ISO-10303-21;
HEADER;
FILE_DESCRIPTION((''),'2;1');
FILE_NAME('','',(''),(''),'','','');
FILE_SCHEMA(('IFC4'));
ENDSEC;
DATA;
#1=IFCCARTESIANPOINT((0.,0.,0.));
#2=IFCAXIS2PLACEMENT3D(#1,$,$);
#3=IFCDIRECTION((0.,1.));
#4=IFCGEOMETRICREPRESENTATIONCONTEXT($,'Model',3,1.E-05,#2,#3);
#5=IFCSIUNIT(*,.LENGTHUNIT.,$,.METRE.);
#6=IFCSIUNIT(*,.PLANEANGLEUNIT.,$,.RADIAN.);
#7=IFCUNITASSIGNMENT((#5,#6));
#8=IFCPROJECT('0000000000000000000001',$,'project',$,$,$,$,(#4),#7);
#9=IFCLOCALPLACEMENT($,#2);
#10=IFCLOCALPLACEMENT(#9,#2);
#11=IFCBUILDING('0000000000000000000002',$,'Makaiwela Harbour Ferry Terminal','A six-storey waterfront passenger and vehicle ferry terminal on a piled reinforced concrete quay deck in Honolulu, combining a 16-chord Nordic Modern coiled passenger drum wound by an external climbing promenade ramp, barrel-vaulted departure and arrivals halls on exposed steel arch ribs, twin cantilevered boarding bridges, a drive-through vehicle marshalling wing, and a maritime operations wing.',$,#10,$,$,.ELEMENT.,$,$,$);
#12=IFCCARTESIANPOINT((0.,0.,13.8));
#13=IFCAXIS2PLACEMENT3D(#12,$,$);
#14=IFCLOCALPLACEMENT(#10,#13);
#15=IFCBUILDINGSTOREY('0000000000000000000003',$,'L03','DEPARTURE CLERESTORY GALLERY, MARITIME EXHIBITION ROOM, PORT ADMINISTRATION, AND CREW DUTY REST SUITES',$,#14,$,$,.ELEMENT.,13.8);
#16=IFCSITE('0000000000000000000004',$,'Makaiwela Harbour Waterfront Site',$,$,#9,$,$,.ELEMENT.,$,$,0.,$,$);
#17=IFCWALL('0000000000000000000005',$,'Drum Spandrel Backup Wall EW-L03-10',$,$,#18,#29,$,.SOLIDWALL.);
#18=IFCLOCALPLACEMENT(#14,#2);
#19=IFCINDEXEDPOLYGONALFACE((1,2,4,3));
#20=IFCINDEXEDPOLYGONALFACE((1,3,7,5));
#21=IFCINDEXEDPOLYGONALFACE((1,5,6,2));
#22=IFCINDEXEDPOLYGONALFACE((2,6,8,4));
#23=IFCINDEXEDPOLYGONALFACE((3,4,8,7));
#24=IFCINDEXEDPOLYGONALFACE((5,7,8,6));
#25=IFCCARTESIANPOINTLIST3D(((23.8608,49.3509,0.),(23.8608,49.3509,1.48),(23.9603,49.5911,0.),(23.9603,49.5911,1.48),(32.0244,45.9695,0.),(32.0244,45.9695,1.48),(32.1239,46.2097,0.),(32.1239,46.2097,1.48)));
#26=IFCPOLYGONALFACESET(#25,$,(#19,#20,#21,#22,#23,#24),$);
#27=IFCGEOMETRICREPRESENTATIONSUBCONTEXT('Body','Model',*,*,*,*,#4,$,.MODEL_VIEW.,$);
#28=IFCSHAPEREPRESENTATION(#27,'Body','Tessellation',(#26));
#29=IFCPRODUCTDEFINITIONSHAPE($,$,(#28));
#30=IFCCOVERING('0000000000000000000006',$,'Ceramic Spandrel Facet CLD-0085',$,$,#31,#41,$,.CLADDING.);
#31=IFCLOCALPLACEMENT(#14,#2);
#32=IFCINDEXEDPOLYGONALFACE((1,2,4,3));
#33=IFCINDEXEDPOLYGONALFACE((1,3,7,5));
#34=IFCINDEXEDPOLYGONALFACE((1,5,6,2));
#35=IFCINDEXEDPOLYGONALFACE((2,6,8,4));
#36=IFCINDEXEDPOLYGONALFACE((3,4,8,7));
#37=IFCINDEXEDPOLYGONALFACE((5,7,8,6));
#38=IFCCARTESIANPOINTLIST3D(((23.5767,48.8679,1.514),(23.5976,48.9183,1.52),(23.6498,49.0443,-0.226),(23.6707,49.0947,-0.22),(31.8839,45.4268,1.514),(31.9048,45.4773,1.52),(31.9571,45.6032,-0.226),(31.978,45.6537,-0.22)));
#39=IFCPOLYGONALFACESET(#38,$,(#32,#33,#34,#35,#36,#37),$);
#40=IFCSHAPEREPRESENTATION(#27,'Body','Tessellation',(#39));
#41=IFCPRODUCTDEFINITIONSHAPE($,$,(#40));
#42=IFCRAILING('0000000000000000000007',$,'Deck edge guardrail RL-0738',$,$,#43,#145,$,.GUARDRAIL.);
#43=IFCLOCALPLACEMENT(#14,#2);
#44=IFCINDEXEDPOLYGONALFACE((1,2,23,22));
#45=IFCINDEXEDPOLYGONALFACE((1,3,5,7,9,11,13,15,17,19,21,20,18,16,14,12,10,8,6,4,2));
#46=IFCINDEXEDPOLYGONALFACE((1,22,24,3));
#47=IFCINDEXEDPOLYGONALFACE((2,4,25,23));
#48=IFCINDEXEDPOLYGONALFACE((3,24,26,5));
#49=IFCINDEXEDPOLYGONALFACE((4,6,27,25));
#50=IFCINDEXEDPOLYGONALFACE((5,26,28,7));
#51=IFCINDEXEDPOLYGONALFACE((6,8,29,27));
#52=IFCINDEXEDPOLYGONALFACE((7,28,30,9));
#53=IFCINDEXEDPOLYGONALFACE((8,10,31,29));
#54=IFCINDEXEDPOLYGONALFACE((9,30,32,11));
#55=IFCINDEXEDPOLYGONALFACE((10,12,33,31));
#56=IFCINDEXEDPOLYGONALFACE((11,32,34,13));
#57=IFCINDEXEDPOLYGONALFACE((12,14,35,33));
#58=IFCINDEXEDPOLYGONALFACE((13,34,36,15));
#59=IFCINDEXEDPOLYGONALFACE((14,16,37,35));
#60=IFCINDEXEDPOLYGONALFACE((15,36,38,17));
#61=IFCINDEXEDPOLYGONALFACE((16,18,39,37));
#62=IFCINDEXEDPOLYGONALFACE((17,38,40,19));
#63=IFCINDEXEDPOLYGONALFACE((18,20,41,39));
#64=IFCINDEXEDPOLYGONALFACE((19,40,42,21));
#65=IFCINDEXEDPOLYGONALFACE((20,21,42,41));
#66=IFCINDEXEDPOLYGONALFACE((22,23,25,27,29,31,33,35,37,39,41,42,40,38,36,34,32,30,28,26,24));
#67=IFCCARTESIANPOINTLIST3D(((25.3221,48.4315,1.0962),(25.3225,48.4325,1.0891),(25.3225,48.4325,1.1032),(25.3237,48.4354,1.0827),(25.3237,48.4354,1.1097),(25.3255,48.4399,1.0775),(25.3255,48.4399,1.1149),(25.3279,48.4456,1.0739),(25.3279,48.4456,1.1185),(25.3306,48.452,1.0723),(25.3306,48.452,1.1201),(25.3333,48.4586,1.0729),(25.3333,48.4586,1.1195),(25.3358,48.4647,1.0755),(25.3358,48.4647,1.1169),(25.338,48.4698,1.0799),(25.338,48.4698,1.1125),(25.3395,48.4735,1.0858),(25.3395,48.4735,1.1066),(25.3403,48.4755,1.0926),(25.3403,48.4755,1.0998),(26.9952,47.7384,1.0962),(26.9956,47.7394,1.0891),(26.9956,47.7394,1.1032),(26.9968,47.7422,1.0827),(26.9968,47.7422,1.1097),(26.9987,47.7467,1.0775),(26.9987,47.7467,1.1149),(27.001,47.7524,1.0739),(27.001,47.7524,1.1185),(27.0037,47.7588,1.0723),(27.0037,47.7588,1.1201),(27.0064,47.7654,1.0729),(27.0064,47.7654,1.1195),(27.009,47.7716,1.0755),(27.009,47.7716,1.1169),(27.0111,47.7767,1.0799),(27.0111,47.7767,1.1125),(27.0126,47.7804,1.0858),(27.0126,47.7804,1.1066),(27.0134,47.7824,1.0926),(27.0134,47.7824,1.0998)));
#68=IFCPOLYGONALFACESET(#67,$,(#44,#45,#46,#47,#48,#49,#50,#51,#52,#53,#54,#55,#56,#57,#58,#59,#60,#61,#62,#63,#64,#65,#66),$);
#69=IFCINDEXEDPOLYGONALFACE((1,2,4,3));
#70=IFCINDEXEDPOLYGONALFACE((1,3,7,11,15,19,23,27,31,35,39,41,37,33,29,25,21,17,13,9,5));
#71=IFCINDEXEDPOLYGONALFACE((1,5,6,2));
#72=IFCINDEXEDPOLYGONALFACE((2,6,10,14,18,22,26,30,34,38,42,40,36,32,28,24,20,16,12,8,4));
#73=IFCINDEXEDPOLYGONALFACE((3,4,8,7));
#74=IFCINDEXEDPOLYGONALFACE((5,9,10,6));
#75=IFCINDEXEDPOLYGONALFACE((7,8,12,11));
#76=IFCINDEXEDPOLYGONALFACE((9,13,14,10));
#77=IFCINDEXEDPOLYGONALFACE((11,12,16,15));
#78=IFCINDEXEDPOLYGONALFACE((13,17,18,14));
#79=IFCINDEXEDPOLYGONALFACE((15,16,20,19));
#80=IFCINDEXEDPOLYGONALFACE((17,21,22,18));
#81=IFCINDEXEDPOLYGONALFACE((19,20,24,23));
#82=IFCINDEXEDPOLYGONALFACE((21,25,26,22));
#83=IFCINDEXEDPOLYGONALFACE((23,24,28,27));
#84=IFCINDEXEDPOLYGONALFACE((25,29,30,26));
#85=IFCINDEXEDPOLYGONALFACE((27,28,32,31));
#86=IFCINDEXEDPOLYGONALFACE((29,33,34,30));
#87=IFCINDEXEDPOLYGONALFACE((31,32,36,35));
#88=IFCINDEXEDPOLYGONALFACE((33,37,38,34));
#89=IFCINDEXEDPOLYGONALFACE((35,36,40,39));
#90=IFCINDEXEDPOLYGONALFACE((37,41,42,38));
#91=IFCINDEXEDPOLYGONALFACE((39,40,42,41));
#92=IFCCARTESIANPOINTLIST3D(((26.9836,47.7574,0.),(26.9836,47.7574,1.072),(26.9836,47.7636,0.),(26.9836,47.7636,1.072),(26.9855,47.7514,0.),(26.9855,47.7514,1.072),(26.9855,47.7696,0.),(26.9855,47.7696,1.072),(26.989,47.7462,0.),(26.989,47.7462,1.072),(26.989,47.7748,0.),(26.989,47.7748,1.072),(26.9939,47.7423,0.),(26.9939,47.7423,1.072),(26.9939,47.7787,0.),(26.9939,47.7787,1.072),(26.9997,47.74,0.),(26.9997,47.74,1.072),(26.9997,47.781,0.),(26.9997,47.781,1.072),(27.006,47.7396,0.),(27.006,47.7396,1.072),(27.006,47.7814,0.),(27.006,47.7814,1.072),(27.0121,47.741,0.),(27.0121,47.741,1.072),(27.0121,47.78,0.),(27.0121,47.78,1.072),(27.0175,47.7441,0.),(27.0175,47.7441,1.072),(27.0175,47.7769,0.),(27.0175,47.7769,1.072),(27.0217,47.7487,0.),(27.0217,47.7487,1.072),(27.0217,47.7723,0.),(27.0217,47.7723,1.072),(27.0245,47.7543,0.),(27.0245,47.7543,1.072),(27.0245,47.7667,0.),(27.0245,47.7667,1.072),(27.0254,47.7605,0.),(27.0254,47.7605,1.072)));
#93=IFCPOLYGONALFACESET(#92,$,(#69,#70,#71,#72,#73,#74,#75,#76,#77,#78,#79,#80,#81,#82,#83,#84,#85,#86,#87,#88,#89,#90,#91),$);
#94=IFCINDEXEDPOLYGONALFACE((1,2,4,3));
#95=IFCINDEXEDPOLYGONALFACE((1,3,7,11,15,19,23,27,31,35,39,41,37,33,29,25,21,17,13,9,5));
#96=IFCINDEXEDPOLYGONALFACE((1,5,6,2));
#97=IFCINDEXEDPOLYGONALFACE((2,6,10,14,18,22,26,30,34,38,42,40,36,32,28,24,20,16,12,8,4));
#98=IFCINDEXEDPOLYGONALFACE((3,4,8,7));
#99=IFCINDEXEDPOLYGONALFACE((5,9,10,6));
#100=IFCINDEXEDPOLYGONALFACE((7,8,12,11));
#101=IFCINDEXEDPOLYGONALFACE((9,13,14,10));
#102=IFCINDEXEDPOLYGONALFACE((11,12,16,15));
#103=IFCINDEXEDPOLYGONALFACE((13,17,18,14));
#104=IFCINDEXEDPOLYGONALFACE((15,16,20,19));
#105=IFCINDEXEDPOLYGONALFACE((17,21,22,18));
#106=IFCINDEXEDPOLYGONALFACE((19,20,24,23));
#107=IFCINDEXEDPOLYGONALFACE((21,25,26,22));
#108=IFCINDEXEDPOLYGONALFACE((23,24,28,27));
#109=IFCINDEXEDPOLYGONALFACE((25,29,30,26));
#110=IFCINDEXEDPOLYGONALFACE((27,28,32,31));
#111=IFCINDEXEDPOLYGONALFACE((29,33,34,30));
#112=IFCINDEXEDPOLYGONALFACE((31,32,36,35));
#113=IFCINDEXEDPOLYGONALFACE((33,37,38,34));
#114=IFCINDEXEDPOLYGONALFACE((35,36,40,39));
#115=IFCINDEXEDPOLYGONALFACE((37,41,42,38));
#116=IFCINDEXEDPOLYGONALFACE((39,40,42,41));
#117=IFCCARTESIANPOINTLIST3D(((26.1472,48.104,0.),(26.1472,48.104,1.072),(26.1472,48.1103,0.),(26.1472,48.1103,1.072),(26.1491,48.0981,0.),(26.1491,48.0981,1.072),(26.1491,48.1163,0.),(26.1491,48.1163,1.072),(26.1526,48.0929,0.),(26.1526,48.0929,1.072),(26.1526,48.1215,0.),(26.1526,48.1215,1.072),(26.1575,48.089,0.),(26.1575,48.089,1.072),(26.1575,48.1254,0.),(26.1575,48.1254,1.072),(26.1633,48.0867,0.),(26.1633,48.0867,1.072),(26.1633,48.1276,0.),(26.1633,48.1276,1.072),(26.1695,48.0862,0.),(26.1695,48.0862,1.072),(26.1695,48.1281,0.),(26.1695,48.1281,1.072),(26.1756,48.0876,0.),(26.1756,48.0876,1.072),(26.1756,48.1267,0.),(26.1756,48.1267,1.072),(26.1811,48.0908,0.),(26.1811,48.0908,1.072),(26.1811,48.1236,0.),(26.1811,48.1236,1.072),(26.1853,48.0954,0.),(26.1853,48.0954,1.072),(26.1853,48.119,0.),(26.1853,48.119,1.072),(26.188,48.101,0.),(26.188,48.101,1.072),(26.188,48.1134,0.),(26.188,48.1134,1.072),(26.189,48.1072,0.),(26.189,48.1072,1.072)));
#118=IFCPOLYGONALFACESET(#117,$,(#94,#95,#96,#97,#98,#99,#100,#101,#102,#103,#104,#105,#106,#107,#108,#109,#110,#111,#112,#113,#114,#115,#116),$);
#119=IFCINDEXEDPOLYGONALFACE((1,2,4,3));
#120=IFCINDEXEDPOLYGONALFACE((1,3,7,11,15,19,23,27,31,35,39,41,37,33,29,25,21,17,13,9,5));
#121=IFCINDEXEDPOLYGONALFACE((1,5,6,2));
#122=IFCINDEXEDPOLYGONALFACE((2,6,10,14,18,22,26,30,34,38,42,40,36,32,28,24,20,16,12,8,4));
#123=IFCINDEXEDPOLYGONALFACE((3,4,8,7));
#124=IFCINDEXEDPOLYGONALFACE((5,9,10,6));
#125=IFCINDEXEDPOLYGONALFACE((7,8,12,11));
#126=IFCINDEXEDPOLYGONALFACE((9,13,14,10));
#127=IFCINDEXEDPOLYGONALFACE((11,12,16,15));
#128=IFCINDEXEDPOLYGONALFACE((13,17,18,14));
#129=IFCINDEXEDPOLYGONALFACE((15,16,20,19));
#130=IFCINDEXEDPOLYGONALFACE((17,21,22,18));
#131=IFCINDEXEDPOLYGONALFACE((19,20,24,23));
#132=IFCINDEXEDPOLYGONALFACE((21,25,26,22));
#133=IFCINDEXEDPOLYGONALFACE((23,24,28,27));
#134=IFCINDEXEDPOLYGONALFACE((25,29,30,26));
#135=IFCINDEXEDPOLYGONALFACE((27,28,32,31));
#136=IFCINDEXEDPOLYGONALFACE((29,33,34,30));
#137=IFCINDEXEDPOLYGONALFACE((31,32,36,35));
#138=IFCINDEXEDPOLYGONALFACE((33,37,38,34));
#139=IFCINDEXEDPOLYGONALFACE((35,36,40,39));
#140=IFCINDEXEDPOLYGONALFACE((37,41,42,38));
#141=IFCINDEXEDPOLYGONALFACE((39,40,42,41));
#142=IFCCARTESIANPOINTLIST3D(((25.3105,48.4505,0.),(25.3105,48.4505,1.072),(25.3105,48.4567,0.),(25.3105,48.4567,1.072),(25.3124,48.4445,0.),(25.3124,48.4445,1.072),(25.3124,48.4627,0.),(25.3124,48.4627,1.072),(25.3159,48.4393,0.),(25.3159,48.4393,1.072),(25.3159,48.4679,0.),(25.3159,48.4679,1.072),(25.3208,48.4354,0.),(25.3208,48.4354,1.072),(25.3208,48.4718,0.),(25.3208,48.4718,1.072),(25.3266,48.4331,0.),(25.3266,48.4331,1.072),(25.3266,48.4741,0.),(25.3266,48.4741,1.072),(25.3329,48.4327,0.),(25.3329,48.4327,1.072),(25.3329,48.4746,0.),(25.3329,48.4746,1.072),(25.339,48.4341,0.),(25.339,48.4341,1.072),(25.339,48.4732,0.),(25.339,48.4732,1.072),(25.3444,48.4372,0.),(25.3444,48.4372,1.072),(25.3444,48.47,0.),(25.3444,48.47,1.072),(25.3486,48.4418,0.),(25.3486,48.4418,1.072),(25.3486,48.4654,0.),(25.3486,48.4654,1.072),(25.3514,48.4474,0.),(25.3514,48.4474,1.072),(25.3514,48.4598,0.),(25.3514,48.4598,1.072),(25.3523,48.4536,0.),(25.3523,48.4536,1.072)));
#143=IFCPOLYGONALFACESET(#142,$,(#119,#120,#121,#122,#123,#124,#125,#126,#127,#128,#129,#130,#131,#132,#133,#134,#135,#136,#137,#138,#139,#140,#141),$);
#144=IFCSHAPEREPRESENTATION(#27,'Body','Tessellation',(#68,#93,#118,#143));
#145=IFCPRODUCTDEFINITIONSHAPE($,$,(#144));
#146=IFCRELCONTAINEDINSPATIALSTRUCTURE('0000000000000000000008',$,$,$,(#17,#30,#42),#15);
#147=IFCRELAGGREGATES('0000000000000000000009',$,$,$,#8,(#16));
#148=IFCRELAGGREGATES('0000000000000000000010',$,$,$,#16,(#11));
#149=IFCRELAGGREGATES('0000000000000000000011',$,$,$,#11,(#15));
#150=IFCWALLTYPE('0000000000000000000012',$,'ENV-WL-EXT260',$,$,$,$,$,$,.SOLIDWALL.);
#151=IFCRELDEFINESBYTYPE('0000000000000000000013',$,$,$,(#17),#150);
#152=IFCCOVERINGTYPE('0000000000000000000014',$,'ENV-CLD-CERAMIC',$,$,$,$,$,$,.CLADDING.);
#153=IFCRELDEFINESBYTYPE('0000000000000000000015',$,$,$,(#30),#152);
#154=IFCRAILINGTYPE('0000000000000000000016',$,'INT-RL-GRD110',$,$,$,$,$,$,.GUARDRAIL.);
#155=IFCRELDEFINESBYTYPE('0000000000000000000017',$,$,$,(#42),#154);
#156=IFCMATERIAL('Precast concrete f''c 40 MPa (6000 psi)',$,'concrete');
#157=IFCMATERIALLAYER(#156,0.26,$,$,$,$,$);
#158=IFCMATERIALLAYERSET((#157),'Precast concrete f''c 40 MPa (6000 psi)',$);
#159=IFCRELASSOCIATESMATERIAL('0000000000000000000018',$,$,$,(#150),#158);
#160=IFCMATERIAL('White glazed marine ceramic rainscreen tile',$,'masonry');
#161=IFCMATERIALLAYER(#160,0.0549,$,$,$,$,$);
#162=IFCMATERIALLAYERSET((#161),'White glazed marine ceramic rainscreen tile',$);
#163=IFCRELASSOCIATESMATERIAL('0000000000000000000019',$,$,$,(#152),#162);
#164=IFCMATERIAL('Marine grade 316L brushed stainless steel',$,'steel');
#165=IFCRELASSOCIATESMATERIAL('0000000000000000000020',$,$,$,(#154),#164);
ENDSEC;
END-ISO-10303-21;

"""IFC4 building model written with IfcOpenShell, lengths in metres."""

from ifc_helpers import new_model, si_unit, direction, frame, frame_2d, origin, origin_2d, place, context, subcontext, project, spatial, polyline, rectangle, circle, outline, extrude, material, layer, layer_set, type_object, element, save


model = new_model("IFC4")

# Units and contexts
model_context = context("Model", 3, precision=1e-05, world=origin(), true_north=direction((0.0, 1.0)))
body_context = subcontext(model_context, "Body", "Model", "MODEL_VIEW")
ifc_project = project(units=[si_unit("LENGTHUNIT", "METRE"), si_unit("PLANEANGLEUNIT", "RADIAN")], contexts=[model_context])

# Site, building, storey
site_placement = place(None, origin())
site = spatial("IfcSite", under=ifc_project, at=site_placement, Name="Makaiwela Harbour Waterfront Site", CompositionType="ELEMENT", RefElevation=0.0)
building_placement = place(site_placement, origin())
building = spatial("IfcBuilding", under=site, at=building_placement, Name="Makaiwela Harbour Ferry Terminal", Description="A six-storey waterfront passenger and vehicle ferry terminal on a piled reinforced concrete quay deck in Honolulu, combining a 16-chord Nordic Modern coiled passenger drum wound by an external climbing promenade ramp, barrel-vaulted departure and arrivals halls on exposed steel arch ribs, twin cantilevered boarding bridges, a drive-through vehicle marshalling wing, and a maritime operations wing.", CompositionType="ELEMENT")
storey_placement = place(building_placement, frame((0.0, 0.0, 13.8)))
storey = spatial("IfcBuildingStorey", under=building, at=storey_placement, Name="L03", Description="DEPARTURE CLERESTORY GALLERY, MARITIME EXHIBITION ROOM, PORT ADMINISTRATION, AND CREW DUTY REST SUITES", CompositionType="ELEMENT", Elevation=13.8)

# Wall
ifc_material_1 = material(Name="Precast concrete f'c 40 MPa (6000 psi)", Category="concrete")
ifc_layer_1 = layer(ifc_material_1, 0.26)
ifc_layer_set_1 = layer_set([ifc_layer_1], Name="Precast concrete f'c 40 MPa (6000 psi)")
wall_type = type_object("IfcWallType", Name="ENV-WL-EXT260", PredefinedType="SOLIDWALL", material=ifc_layer_set_1)
wall_placement = place(storey_placement, frame((23.9106, 49.4709, 0.0), z_axis=(0.0, 0.0, 1.0), x_axis=(0.923884, -0.382672, 0.0)))
element("IfcWall", 1, at=wall_placement, inside=storey, type_object=wall_type, Name="Drum Spandrel Backup Wall EW-L03-10", PredefinedType="SOLIDWALL", context=body_context, shape_type="SweptSolid", body=[
    extrude(rectangle(XDim=8.8362, YDim=0.26, at=frame_2d((4.418, 0.0))), origin(), (0.0, 0.0, 1.0), 1.48),
])

# Covering
ifc_material_2 = material(Name="White glazed marine ceramic rainscreen tile", Category="masonry")
ifc_layer_2 = layer(ifc_material_2, 0.0549)
ifc_layer_set_2 = layer_set([ifc_layer_2], Name="White glazed marine ceramic rainscreen tile")
covering_type = type_object("IfcCoveringType", Name="ENV-CLD-CERAMIC", PredefinedType="CLADDING", material=ifc_layer_set_2)
covering_placement = place(storey_placement, frame((23.6707, 49.0947, -0.22), z_axis=(0.380406, 0.918364, 0.109085), x_axis=(0.923877, -0.382689, -0.000002)))
element("IfcCovering", 2, at=covering_placement, inside=storey, type_object=covering_type, Name="Ceramic Spandrel Facet CLD-0085", PredefinedType="CLADDING", context=body_context, shape_type="SweptSolid", body=[
    extrude(outline(polyline([(0.0, 0.0), (8.9918, 0.0), (8.9917, -1.7505), (0.0, -1.7504), (0.0, 0.0)])), origin(), (0.0, 0.0, -1.0), 0.0549),
])

# Railing
ifc_material_3 = material(Name="Marine grade 316L brushed stainless steel", Category="steel")
railing_type = type_object("IfcRailingType", Name="INT-RL-GRD110", PredefinedType="GUARDRAIL", material=ifc_material_3)
railing_1_placement = place(storey_placement, frame((27.0044, 47.7605, 0.0)))
element("IfcRailing", 3, at=railing_1_placement, inside=storey, type_object=railing_type, Name="Deck edge guardrail RL-0738", PredefinedType="GUARDRAIL", context=body_context, shape_type="SweptSolid", body=[
    extrude(circle(Radius=0.0239, at=origin_2d()), frame((0.0, 0.0, 1.0962), z_axis=(-0.923861, 0.382729, 0.0), x_axis=(-0.382729, -0.923861, 0.0)), (0.0, 0.0, 1.0), 1.811),
    extrude(circle(Radius=0.021, at=origin_2d()), origin(), (0.0, 0.0, 1.0), 1.072),
    extrude(circle(Radius=0.021, at=origin_2d()), frame((-0.8364, 0.3467, 0.0)), (0.0, 0.0, 1.0), 1.072),
    extrude(circle(Radius=0.021, at=origin_2d()), frame((-1.6731, 0.6931, 0.0)), (0.0, 0.0, 1.0), 1.072),
])

save(model, "model.ifc")
